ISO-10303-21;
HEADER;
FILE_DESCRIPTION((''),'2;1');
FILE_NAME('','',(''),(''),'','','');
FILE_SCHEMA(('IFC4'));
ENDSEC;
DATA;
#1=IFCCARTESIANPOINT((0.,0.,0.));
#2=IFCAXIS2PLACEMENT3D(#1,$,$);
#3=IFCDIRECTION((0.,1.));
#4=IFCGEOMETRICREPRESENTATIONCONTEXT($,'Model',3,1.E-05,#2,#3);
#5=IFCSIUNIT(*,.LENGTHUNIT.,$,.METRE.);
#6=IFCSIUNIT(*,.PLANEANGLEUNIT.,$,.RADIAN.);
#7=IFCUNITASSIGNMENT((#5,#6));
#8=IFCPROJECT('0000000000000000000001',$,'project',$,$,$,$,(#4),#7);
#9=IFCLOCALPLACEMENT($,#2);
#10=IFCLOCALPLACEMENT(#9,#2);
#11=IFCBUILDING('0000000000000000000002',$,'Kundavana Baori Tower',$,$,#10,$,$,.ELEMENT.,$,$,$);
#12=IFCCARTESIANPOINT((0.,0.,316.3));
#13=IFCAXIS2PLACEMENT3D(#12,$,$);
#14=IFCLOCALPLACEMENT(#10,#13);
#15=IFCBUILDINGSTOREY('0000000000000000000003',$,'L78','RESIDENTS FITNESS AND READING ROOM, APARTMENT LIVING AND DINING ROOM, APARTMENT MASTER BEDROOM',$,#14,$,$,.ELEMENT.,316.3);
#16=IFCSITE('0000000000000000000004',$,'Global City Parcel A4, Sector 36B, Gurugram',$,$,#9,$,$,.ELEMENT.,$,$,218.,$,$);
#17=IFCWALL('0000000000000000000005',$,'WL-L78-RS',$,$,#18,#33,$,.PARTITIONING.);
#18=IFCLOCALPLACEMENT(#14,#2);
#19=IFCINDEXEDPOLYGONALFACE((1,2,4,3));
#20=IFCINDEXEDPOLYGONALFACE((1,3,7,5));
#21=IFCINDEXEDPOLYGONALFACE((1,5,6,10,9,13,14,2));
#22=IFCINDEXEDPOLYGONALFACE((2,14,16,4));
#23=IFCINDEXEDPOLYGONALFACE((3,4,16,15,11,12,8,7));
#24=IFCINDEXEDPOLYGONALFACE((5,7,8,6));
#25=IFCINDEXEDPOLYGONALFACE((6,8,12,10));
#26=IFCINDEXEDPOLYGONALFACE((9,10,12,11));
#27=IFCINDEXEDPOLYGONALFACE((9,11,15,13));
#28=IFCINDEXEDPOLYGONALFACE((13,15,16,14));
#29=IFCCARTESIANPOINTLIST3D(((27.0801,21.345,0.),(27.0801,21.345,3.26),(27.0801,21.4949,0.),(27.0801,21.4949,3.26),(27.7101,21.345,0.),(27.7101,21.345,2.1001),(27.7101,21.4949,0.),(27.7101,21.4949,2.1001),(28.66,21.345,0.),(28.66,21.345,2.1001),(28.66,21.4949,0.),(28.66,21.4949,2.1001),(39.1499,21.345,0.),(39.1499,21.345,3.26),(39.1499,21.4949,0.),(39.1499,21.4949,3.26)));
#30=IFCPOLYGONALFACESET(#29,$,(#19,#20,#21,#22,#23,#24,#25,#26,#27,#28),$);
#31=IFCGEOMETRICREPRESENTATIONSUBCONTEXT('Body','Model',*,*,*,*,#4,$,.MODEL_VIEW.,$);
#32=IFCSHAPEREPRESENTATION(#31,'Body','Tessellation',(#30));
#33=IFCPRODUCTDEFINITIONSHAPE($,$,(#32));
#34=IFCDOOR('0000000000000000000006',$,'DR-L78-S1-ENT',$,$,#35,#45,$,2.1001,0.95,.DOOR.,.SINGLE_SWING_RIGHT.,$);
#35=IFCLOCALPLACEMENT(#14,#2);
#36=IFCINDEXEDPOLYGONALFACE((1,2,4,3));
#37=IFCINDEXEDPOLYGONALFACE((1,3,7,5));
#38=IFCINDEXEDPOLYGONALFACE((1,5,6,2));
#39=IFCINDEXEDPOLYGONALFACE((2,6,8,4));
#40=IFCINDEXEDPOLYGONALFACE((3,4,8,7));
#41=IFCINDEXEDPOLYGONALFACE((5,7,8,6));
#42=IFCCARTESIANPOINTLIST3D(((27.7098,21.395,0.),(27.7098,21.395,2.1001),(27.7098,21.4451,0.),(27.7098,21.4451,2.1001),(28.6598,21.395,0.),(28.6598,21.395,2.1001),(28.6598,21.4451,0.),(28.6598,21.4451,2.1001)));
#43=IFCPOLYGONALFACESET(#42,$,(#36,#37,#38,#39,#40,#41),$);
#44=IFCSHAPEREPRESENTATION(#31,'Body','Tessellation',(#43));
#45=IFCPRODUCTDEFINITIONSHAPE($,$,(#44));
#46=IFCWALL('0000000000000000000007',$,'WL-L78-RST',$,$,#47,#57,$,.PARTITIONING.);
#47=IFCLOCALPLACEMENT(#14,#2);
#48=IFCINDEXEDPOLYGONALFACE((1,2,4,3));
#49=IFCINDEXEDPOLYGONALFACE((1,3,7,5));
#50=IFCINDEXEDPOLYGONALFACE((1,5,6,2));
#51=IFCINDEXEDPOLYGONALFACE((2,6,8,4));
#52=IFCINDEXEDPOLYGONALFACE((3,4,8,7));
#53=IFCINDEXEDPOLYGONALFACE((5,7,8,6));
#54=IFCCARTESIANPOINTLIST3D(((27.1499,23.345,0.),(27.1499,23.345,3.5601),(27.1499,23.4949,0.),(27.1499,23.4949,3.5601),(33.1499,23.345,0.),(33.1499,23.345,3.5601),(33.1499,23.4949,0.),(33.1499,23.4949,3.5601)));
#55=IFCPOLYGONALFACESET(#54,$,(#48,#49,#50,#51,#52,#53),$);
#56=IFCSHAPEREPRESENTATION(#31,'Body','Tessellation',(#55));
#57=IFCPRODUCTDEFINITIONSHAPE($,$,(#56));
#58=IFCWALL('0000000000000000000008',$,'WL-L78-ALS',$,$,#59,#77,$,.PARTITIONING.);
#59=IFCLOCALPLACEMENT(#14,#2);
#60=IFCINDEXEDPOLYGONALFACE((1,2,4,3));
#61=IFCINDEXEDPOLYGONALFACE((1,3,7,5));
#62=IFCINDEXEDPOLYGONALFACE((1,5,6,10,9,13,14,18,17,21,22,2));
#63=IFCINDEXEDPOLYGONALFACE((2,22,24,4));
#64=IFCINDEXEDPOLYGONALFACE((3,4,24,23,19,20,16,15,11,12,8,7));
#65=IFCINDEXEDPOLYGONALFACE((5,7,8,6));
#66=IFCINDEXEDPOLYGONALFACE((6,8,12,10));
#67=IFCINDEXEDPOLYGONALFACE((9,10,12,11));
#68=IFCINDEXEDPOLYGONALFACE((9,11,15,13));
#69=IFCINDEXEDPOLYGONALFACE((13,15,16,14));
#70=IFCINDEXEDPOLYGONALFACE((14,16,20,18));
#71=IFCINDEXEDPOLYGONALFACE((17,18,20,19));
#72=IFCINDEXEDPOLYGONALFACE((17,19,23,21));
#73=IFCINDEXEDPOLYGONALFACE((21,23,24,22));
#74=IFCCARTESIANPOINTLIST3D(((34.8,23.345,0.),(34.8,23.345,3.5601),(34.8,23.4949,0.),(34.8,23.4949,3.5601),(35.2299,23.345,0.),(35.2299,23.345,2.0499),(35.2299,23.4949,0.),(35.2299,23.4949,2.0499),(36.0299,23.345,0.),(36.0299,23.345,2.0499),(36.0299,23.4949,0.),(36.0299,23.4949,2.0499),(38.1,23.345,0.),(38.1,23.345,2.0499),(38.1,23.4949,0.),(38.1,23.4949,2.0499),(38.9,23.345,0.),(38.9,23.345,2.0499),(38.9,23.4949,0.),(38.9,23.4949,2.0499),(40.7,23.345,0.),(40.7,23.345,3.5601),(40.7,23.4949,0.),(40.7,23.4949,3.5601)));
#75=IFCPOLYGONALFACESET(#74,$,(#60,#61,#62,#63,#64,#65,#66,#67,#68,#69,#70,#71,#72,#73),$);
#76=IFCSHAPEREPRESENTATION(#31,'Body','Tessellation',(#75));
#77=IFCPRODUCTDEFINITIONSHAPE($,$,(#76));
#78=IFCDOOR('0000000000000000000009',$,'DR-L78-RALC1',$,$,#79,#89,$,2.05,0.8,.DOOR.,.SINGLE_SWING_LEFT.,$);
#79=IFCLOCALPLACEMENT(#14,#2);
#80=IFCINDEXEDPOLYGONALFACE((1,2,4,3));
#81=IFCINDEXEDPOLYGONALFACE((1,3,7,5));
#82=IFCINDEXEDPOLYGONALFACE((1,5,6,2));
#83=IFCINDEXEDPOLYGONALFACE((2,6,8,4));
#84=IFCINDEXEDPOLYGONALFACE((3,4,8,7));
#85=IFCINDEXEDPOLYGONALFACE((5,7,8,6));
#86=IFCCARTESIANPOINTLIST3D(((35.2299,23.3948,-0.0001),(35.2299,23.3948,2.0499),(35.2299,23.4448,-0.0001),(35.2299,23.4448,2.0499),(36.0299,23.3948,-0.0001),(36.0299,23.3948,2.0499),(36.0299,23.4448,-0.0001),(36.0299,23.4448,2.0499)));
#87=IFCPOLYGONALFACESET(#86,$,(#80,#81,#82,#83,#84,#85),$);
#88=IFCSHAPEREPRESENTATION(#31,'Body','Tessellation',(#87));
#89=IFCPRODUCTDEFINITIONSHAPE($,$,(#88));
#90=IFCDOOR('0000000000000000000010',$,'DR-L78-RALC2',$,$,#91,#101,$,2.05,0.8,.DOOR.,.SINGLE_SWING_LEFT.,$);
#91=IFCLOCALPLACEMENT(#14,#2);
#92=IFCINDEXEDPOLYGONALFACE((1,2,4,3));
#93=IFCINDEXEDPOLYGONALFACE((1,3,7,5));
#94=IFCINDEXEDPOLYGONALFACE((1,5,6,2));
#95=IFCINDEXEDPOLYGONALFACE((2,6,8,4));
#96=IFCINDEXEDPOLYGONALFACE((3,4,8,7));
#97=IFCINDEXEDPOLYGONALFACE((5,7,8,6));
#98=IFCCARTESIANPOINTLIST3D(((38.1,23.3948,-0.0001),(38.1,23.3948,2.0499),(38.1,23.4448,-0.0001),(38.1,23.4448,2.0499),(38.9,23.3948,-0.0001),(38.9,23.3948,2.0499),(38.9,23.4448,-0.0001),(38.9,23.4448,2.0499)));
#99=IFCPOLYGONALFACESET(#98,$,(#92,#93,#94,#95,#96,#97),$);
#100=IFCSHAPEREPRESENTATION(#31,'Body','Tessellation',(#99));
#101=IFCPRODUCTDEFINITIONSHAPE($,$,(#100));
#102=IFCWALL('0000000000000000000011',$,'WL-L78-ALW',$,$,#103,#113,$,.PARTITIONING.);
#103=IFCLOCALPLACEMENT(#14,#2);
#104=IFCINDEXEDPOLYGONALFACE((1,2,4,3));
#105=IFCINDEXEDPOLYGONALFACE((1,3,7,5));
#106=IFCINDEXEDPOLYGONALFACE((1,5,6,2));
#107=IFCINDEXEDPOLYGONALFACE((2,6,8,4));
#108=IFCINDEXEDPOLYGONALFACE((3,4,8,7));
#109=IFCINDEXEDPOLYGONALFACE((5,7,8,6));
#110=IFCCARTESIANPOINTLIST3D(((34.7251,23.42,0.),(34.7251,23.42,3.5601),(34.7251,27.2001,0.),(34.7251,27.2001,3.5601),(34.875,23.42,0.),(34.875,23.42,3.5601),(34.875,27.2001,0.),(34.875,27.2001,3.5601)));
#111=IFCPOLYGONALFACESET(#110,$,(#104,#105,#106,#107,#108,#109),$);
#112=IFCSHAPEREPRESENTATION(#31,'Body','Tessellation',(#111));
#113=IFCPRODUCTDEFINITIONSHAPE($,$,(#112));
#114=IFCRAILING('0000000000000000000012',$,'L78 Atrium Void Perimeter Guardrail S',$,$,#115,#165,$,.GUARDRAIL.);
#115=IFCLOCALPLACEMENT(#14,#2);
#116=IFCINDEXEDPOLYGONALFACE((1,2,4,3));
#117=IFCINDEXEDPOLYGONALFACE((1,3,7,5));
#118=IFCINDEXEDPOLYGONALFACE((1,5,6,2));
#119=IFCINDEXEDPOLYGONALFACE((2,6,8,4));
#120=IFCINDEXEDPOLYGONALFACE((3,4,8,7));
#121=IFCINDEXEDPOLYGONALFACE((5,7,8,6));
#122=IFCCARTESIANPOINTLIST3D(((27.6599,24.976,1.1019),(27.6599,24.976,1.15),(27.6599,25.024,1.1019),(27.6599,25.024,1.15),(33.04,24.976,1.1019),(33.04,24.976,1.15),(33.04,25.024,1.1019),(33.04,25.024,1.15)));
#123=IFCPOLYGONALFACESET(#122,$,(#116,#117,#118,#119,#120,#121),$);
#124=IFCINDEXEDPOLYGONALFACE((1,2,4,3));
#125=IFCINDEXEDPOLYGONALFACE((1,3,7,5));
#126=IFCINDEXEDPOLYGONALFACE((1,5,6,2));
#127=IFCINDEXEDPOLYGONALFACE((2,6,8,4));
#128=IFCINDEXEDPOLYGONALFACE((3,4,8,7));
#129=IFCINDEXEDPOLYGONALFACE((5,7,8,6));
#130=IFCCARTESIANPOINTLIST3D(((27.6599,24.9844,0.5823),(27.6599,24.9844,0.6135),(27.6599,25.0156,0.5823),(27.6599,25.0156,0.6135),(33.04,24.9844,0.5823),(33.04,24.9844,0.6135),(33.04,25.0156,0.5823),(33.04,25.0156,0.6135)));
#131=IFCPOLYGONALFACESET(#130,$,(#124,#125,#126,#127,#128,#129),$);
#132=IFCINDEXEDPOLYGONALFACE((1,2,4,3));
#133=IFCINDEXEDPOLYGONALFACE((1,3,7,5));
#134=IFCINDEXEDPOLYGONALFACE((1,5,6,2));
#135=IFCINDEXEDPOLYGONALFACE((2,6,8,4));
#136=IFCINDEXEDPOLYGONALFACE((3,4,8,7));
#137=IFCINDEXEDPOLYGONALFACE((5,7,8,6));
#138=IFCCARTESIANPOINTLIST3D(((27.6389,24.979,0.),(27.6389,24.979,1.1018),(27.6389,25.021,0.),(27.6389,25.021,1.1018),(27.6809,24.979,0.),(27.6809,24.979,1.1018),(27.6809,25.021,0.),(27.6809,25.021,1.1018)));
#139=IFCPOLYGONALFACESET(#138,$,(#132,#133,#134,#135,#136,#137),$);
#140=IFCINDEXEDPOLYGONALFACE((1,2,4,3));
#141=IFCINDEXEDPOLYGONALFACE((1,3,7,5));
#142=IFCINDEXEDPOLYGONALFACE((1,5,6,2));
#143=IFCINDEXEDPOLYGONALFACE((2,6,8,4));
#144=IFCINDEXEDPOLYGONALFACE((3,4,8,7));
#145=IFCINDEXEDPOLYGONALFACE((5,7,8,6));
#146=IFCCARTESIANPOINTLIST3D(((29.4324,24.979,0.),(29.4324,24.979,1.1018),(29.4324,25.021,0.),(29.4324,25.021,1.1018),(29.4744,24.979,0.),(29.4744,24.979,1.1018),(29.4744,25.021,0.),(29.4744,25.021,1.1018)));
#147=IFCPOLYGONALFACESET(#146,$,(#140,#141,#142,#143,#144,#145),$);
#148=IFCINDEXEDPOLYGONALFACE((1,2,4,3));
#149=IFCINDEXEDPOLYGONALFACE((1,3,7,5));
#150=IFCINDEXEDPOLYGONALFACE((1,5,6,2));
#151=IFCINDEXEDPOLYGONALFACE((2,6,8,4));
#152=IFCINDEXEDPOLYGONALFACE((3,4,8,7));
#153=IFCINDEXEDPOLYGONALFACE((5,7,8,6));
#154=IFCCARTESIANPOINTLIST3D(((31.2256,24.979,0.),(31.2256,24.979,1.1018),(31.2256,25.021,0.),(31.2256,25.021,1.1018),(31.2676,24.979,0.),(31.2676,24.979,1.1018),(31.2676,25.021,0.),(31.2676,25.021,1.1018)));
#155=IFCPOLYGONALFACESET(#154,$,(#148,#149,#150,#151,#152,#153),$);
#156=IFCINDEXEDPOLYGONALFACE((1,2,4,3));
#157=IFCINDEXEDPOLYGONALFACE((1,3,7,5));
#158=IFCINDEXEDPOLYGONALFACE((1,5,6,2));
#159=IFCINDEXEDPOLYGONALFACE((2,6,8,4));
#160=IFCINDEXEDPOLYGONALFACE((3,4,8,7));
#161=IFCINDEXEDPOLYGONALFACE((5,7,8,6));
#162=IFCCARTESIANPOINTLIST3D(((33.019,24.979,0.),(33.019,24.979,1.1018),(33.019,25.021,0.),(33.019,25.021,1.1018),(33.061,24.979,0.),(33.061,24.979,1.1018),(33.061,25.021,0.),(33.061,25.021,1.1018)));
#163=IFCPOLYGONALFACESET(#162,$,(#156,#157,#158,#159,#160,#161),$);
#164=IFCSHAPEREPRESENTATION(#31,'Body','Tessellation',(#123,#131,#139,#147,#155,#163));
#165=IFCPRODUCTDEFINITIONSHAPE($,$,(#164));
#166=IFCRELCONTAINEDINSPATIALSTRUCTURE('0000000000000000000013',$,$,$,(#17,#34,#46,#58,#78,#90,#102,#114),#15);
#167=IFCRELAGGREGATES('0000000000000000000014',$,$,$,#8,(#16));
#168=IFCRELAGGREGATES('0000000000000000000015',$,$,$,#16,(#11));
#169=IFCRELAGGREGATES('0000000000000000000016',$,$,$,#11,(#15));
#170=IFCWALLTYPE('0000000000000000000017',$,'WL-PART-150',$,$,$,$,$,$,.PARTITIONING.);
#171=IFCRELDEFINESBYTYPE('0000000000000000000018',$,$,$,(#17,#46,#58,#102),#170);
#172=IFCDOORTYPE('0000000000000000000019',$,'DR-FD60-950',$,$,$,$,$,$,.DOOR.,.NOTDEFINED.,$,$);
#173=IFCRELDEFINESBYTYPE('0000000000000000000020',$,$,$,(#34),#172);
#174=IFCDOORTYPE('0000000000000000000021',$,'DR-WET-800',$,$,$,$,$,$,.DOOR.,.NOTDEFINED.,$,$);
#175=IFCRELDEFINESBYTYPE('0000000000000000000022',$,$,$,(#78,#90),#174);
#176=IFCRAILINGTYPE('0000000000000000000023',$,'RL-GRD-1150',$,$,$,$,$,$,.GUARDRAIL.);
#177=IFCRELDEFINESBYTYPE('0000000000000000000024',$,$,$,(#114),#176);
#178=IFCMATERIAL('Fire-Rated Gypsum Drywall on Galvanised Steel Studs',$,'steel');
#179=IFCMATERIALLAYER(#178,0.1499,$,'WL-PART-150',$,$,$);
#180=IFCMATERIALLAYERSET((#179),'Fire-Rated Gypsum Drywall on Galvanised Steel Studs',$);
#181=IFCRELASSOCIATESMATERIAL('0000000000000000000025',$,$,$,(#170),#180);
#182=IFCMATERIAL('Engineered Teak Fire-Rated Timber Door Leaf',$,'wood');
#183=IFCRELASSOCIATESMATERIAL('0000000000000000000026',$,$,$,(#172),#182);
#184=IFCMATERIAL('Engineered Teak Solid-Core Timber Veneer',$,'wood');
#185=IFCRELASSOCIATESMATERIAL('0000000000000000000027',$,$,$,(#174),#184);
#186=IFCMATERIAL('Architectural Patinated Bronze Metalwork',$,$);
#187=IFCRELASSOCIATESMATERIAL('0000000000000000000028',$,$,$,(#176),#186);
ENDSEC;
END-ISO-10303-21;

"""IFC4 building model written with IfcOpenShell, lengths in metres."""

from ifc_helpers import new_model, si_unit, direction, frame, frame_2d, origin, origin_2d, place, context, subcontext, project, spatial, rectangle, extrude, material, layer, layer_set, type_object, element, fill, save


model = new_model("IFC4")

# Units and contexts
model_context = context("Model", 3, precision=1e-05, world=origin(), true_north=direction((0.0, 1.0)))
body_context = subcontext(model_context, "Body", "Model", "MODEL_VIEW")
ifc_project = project(units=[si_unit("LENGTHUNIT", "METRE"), si_unit("PLANEANGLEUNIT", "RADIAN")], contexts=[model_context])

# Site, building, storey
site_placement = place(None, origin())
site = spatial("IfcSite", under=ifc_project, at=site_placement, Name="Global City Parcel A4, Sector 36B, Gurugram", CompositionType="ELEMENT", RefElevation=218.0)
building_placement = place(site_placement, origin())
building = spatial("IfcBuilding", under=site, at=building_placement, Name="Kundavana Baori Tower", CompositionType="ELEMENT")
storey_placement = place(building_placement, frame((0.0, 0.0, 316.3)))
storey = spatial("IfcBuildingStorey", under=building, at=storey_placement, Name="L78", Description="RESIDENTS FITNESS AND READING ROOM, APARTMENT LIVING AND DINING ROOM, APARTMENT MASTER BEDROOM", CompositionType="ELEMENT", Elevation=316.3)

# Wall, opening, door
ifc_material_1 = material(Name="Fire-Rated Gypsum Drywall on Galvanised Steel Studs", Category="steel")
ifc_layer = layer(ifc_material_1, 0.1499, Name="WL-PART-150")
ifc_layer_set = layer_set([ifc_layer], Name="Fire-Rated Gypsum Drywall on Galvanised Steel Studs")
wall_type = type_object("IfcWallType", Name="WL-PART-150", PredefinedType="PARTITIONING", material=ifc_layer_set)
wall_1_placement = place(storey_placement, frame((27.0801, 21.4199, 0.0), z_axis=(0.0, 0.0, 1.0), x_axis=(1.0, 0.0, 0.0)))
wall_1 = element("IfcWall", 1, at=wall_1_placement, inside=storey, type_object=wall_type, Name="WL-L78-RS", PredefinedType="PARTITIONING", context=body_context, shape_type="SweptSolid", body=[
    extrude(rectangle(XDim=12.0698, YDim=0.1499, at=frame_2d((6.0349, 0.0))), origin(), (0.0, 0.0, 1.0), 3.26),
])
opening_1_placement = place(wall_1_placement, frame((0.6299, 0.0, 0.0)))
opening_1 = element("IfcOpeningElement", 2, at=opening_1_placement, cuts=wall_1, PredefinedType="OPENING", context=body_context, shape_type="SweptSolid", body=[
    extrude(rectangle(XDim=0.95, YDim=2.1001, at=frame_2d((0.4751, 1.05))), frame((0.0, 0.085, 0.0), z_axis=(0.0, -1.0, 0.0), x_axis=(1.0, 0.0, 0.0)), (0.0, 0.0, 1.0), 0.1699),
])
ifc_material_2 = material(Name="Engineered Teak Fire-Rated Timber Door Leaf", Category="wood")
door_type_1 = type_object("IfcDoorType", Name="DR-FD60-950", OperationType="NOTDEFINED", PredefinedType="DOOR", material=ifc_material_2)
door_1_placement = place(opening_1_placement, frame((0.95, 0.0, 0.0), z_axis=(0.0, 0.0, 1.0), x_axis=(-1.0, 0.0, 0.0)))
door_1 = element("IfcDoor", 3, at=door_1_placement, inside=storey, type_object=door_type_1, Name="DR-L78-S1-ENT", OperationType="SINGLE_SWING_RIGHT", OverallHeight=2.1001, OverallWidth=0.95, PredefinedType="DOOR", context=body_context, shape_type="SweptSolid", body=[
    extrude(rectangle(XDim=0.95, YDim=2.1001, at=frame_2d((0.4751, 1.05))), frame((0.0, 0.0249, 0.0), z_axis=(0.0, -1.0, 0.0), x_axis=(1.0, 0.0, 0.0)), (0.0, 0.0, 1.0), 0.05),
])
fill(opening_1, door_1)

# Wall
wall_2_placement = place(storey_placement, frame((27.1499, 23.4199, 0.0), z_axis=(0.0, 0.0, 1.0), x_axis=(1.0, 0.0, 0.0)))
element("IfcWall", 4, at=wall_2_placement, inside=storey, type_object=wall_type, Name="WL-L78-RST", PredefinedType="PARTITIONING", context=body_context, shape_type="SweptSolid", body=[
    extrude(rectangle(XDim=6.0, YDim=0.1499, at=frame_2d((3.0, 0.0))), origin(), (0.0, 0.0, 1.0), 3.5601),
])

# Wall, openings, doors
wall_3_placement = place(storey_placement, frame((34.8, 23.4199, 0.0), z_axis=(0.0, 0.0, 1.0), x_axis=(1.0, 0.0, 0.0)))
wall_3 = element("IfcWall", 5, at=wall_3_placement, inside=storey, type_object=wall_type, Name="WL-L78-ALS", PredefinedType="PARTITIONING", context=body_context, shape_type="SweptSolid", body=[
    extrude(rectangle(XDim=5.8999, YDim=0.1499, at=frame_2d((2.95, 0.0))), origin(), (0.0, 0.0, 1.0), 3.5601),
])
opening_2_placement = place(wall_3_placement, frame((0.4299, 0.0, 0.0)))
opening_2 = element("IfcOpeningElement", 6, at=opening_2_placement, cuts=wall_3, PredefinedType="OPENING", context=body_context, shape_type="SweptSolid", body=[
    extrude(rectangle(XDim=0.8, YDim=2.05, at=frame_2d((0.3999, 1.0249))), frame((0.0, 0.085, 0.0), z_axis=(0.0, -1.0, 0.0), x_axis=(1.0, 0.0, 0.0)), (0.0, 0.0, 1.0), 0.1699),
])
opening_3_placement = place(wall_3_placement, frame((3.3, 0.0, 0.0)))
opening_3 = element("IfcOpeningElement", 7, at=opening_3_placement, cuts=wall_3, PredefinedType="OPENING", context=body_context, shape_type="SweptSolid", body=[
    extrude(rectangle(XDim=0.8, YDim=2.05, at=frame_2d((0.3999, 1.0249))), frame((0.0, 0.085, 0.0), z_axis=(0.0, -1.0, 0.0), x_axis=(1.0, 0.0, 0.0)), (0.0, 0.0, 1.0), 0.1699),
])
ifc_material_3 = material(Name="Engineered Teak Solid-Core Timber Veneer", Category="wood")
door_type_2 = type_object("IfcDoorType", Name="DR-WET-800", OperationType="NOTDEFINED", PredefinedType="DOOR", material=ifc_material_3)
door_2_placement = place(opening_2_placement, origin())
door_2 = element("IfcDoor", 8, at=door_2_placement, inside=storey, type_object=door_type_2, Name="DR-L78-RALC1", OperationType="SINGLE_SWING_LEFT", OverallHeight=2.05, OverallWidth=0.8, PredefinedType="DOOR", context=body_context, shape_type="SweptSolid", body=[
    extrude(rectangle(XDim=0.8, YDim=2.05, at=frame_2d((0.3999, 1.0249))), frame((0.0, 0.0249, 0.0), z_axis=(0.0, -1.0, 0.0), x_axis=(1.0, 0.0, 0.0)), (0.0, 0.0, 1.0), 0.05),
])
fill(opening_2, door_2)
door_3_placement = place(opening_3_placement, origin())
door_3 = element("IfcDoor", 9, at=door_3_placement, inside=storey, type_object=door_type_2, Name="DR-L78-RALC2", OperationType="SINGLE_SWING_LEFT", OverallHeight=2.05, OverallWidth=0.8, PredefinedType="DOOR", context=body_context, shape_type="SweptSolid", body=[
    extrude(rectangle(XDim=0.8, YDim=2.05, at=frame_2d((0.3999, 1.0249))), frame((0.0, 0.0249, 0.0), z_axis=(0.0, -1.0, 0.0), x_axis=(1.0, 0.0, 0.0)), (0.0, 0.0, 1.0), 0.05),
])
fill(opening_3, door_3)

# Wall
wall_4_placement = place(storey_placement, frame((34.8, 23.4199, 0.0), z_axis=(0.0, 0.0, 1.0), x_axis=(0.0, 1.0, 0.0)))
element("IfcWall", 10, at=wall_4_placement, inside=storey, type_object=wall_type, Name="WL-L78-ALW", PredefinedType="PARTITIONING", context=body_context, shape_type="SweptSolid", body=[
    extrude(rectangle(XDim=3.78, YDim=0.1499, at=frame_2d((1.8901, 0.0))), origin(), (0.0, 0.0, 1.0), 3.5601),
])

# Railing
ifc_material_4 = material(Name="Architectural Patinated Bronze Metalwork")
railing_type = type_object("IfcRailingType", Name="RL-GRD-1150", PredefinedType="GUARDRAIL", material=ifc_material_4)
railing_1_placement = place(storey_placement, frame((27.6599, 25.0, 0.0)))
element("IfcRailing", 11, at=railing_1_placement, inside=storey, type_object=railing_type, Name="L78 Atrium Void Perimeter Guardrail S", PredefinedType="GUARDRAIL", context=body_context, shape_type="SweptSolid", body=[
    extrude(rectangle(XDim=0.0481, YDim=0.0481, at=origin_2d()), frame((0.0, 0.0, 1.126), z_axis=(1.0, 0.0, 0.0), x_axis=(0.0, 1.0, 0.0)), (0.0, 0.0, 1.0), 5.3801),
    extrude(rectangle(XDim=0.0312, YDim=0.0312, at=origin_2d()), frame((0.0, 0.0, 0.5979), z_axis=(1.0, 0.0, 0.0), x_axis=(0.0, 1.0, 0.0)), (0.0, 0.0, 1.0), 5.3801),
    extrude(rectangle(XDim=0.042, YDim=0.042, at=origin_2d()), origin(), (0.0, 0.0, 1.0), 1.1018),
    extrude(rectangle(XDim=0.042, YDim=0.042, at=origin_2d()), frame((1.7935, 0.0, 0.0)), (0.0, 0.0, 1.0), 1.1018),
    extrude(rectangle(XDim=0.042, YDim=0.042, at=origin_2d()), frame((3.5867, 0.0, 0.0)), (0.0, 0.0, 1.0), 1.1018),
    extrude(rectangle(XDim=0.042, YDim=0.042, at=origin_2d()), frame((5.3801, 0.0, 0.0)), (0.0, 0.0, 1.0), 1.1018),
])

save(model, "model.ifc")
